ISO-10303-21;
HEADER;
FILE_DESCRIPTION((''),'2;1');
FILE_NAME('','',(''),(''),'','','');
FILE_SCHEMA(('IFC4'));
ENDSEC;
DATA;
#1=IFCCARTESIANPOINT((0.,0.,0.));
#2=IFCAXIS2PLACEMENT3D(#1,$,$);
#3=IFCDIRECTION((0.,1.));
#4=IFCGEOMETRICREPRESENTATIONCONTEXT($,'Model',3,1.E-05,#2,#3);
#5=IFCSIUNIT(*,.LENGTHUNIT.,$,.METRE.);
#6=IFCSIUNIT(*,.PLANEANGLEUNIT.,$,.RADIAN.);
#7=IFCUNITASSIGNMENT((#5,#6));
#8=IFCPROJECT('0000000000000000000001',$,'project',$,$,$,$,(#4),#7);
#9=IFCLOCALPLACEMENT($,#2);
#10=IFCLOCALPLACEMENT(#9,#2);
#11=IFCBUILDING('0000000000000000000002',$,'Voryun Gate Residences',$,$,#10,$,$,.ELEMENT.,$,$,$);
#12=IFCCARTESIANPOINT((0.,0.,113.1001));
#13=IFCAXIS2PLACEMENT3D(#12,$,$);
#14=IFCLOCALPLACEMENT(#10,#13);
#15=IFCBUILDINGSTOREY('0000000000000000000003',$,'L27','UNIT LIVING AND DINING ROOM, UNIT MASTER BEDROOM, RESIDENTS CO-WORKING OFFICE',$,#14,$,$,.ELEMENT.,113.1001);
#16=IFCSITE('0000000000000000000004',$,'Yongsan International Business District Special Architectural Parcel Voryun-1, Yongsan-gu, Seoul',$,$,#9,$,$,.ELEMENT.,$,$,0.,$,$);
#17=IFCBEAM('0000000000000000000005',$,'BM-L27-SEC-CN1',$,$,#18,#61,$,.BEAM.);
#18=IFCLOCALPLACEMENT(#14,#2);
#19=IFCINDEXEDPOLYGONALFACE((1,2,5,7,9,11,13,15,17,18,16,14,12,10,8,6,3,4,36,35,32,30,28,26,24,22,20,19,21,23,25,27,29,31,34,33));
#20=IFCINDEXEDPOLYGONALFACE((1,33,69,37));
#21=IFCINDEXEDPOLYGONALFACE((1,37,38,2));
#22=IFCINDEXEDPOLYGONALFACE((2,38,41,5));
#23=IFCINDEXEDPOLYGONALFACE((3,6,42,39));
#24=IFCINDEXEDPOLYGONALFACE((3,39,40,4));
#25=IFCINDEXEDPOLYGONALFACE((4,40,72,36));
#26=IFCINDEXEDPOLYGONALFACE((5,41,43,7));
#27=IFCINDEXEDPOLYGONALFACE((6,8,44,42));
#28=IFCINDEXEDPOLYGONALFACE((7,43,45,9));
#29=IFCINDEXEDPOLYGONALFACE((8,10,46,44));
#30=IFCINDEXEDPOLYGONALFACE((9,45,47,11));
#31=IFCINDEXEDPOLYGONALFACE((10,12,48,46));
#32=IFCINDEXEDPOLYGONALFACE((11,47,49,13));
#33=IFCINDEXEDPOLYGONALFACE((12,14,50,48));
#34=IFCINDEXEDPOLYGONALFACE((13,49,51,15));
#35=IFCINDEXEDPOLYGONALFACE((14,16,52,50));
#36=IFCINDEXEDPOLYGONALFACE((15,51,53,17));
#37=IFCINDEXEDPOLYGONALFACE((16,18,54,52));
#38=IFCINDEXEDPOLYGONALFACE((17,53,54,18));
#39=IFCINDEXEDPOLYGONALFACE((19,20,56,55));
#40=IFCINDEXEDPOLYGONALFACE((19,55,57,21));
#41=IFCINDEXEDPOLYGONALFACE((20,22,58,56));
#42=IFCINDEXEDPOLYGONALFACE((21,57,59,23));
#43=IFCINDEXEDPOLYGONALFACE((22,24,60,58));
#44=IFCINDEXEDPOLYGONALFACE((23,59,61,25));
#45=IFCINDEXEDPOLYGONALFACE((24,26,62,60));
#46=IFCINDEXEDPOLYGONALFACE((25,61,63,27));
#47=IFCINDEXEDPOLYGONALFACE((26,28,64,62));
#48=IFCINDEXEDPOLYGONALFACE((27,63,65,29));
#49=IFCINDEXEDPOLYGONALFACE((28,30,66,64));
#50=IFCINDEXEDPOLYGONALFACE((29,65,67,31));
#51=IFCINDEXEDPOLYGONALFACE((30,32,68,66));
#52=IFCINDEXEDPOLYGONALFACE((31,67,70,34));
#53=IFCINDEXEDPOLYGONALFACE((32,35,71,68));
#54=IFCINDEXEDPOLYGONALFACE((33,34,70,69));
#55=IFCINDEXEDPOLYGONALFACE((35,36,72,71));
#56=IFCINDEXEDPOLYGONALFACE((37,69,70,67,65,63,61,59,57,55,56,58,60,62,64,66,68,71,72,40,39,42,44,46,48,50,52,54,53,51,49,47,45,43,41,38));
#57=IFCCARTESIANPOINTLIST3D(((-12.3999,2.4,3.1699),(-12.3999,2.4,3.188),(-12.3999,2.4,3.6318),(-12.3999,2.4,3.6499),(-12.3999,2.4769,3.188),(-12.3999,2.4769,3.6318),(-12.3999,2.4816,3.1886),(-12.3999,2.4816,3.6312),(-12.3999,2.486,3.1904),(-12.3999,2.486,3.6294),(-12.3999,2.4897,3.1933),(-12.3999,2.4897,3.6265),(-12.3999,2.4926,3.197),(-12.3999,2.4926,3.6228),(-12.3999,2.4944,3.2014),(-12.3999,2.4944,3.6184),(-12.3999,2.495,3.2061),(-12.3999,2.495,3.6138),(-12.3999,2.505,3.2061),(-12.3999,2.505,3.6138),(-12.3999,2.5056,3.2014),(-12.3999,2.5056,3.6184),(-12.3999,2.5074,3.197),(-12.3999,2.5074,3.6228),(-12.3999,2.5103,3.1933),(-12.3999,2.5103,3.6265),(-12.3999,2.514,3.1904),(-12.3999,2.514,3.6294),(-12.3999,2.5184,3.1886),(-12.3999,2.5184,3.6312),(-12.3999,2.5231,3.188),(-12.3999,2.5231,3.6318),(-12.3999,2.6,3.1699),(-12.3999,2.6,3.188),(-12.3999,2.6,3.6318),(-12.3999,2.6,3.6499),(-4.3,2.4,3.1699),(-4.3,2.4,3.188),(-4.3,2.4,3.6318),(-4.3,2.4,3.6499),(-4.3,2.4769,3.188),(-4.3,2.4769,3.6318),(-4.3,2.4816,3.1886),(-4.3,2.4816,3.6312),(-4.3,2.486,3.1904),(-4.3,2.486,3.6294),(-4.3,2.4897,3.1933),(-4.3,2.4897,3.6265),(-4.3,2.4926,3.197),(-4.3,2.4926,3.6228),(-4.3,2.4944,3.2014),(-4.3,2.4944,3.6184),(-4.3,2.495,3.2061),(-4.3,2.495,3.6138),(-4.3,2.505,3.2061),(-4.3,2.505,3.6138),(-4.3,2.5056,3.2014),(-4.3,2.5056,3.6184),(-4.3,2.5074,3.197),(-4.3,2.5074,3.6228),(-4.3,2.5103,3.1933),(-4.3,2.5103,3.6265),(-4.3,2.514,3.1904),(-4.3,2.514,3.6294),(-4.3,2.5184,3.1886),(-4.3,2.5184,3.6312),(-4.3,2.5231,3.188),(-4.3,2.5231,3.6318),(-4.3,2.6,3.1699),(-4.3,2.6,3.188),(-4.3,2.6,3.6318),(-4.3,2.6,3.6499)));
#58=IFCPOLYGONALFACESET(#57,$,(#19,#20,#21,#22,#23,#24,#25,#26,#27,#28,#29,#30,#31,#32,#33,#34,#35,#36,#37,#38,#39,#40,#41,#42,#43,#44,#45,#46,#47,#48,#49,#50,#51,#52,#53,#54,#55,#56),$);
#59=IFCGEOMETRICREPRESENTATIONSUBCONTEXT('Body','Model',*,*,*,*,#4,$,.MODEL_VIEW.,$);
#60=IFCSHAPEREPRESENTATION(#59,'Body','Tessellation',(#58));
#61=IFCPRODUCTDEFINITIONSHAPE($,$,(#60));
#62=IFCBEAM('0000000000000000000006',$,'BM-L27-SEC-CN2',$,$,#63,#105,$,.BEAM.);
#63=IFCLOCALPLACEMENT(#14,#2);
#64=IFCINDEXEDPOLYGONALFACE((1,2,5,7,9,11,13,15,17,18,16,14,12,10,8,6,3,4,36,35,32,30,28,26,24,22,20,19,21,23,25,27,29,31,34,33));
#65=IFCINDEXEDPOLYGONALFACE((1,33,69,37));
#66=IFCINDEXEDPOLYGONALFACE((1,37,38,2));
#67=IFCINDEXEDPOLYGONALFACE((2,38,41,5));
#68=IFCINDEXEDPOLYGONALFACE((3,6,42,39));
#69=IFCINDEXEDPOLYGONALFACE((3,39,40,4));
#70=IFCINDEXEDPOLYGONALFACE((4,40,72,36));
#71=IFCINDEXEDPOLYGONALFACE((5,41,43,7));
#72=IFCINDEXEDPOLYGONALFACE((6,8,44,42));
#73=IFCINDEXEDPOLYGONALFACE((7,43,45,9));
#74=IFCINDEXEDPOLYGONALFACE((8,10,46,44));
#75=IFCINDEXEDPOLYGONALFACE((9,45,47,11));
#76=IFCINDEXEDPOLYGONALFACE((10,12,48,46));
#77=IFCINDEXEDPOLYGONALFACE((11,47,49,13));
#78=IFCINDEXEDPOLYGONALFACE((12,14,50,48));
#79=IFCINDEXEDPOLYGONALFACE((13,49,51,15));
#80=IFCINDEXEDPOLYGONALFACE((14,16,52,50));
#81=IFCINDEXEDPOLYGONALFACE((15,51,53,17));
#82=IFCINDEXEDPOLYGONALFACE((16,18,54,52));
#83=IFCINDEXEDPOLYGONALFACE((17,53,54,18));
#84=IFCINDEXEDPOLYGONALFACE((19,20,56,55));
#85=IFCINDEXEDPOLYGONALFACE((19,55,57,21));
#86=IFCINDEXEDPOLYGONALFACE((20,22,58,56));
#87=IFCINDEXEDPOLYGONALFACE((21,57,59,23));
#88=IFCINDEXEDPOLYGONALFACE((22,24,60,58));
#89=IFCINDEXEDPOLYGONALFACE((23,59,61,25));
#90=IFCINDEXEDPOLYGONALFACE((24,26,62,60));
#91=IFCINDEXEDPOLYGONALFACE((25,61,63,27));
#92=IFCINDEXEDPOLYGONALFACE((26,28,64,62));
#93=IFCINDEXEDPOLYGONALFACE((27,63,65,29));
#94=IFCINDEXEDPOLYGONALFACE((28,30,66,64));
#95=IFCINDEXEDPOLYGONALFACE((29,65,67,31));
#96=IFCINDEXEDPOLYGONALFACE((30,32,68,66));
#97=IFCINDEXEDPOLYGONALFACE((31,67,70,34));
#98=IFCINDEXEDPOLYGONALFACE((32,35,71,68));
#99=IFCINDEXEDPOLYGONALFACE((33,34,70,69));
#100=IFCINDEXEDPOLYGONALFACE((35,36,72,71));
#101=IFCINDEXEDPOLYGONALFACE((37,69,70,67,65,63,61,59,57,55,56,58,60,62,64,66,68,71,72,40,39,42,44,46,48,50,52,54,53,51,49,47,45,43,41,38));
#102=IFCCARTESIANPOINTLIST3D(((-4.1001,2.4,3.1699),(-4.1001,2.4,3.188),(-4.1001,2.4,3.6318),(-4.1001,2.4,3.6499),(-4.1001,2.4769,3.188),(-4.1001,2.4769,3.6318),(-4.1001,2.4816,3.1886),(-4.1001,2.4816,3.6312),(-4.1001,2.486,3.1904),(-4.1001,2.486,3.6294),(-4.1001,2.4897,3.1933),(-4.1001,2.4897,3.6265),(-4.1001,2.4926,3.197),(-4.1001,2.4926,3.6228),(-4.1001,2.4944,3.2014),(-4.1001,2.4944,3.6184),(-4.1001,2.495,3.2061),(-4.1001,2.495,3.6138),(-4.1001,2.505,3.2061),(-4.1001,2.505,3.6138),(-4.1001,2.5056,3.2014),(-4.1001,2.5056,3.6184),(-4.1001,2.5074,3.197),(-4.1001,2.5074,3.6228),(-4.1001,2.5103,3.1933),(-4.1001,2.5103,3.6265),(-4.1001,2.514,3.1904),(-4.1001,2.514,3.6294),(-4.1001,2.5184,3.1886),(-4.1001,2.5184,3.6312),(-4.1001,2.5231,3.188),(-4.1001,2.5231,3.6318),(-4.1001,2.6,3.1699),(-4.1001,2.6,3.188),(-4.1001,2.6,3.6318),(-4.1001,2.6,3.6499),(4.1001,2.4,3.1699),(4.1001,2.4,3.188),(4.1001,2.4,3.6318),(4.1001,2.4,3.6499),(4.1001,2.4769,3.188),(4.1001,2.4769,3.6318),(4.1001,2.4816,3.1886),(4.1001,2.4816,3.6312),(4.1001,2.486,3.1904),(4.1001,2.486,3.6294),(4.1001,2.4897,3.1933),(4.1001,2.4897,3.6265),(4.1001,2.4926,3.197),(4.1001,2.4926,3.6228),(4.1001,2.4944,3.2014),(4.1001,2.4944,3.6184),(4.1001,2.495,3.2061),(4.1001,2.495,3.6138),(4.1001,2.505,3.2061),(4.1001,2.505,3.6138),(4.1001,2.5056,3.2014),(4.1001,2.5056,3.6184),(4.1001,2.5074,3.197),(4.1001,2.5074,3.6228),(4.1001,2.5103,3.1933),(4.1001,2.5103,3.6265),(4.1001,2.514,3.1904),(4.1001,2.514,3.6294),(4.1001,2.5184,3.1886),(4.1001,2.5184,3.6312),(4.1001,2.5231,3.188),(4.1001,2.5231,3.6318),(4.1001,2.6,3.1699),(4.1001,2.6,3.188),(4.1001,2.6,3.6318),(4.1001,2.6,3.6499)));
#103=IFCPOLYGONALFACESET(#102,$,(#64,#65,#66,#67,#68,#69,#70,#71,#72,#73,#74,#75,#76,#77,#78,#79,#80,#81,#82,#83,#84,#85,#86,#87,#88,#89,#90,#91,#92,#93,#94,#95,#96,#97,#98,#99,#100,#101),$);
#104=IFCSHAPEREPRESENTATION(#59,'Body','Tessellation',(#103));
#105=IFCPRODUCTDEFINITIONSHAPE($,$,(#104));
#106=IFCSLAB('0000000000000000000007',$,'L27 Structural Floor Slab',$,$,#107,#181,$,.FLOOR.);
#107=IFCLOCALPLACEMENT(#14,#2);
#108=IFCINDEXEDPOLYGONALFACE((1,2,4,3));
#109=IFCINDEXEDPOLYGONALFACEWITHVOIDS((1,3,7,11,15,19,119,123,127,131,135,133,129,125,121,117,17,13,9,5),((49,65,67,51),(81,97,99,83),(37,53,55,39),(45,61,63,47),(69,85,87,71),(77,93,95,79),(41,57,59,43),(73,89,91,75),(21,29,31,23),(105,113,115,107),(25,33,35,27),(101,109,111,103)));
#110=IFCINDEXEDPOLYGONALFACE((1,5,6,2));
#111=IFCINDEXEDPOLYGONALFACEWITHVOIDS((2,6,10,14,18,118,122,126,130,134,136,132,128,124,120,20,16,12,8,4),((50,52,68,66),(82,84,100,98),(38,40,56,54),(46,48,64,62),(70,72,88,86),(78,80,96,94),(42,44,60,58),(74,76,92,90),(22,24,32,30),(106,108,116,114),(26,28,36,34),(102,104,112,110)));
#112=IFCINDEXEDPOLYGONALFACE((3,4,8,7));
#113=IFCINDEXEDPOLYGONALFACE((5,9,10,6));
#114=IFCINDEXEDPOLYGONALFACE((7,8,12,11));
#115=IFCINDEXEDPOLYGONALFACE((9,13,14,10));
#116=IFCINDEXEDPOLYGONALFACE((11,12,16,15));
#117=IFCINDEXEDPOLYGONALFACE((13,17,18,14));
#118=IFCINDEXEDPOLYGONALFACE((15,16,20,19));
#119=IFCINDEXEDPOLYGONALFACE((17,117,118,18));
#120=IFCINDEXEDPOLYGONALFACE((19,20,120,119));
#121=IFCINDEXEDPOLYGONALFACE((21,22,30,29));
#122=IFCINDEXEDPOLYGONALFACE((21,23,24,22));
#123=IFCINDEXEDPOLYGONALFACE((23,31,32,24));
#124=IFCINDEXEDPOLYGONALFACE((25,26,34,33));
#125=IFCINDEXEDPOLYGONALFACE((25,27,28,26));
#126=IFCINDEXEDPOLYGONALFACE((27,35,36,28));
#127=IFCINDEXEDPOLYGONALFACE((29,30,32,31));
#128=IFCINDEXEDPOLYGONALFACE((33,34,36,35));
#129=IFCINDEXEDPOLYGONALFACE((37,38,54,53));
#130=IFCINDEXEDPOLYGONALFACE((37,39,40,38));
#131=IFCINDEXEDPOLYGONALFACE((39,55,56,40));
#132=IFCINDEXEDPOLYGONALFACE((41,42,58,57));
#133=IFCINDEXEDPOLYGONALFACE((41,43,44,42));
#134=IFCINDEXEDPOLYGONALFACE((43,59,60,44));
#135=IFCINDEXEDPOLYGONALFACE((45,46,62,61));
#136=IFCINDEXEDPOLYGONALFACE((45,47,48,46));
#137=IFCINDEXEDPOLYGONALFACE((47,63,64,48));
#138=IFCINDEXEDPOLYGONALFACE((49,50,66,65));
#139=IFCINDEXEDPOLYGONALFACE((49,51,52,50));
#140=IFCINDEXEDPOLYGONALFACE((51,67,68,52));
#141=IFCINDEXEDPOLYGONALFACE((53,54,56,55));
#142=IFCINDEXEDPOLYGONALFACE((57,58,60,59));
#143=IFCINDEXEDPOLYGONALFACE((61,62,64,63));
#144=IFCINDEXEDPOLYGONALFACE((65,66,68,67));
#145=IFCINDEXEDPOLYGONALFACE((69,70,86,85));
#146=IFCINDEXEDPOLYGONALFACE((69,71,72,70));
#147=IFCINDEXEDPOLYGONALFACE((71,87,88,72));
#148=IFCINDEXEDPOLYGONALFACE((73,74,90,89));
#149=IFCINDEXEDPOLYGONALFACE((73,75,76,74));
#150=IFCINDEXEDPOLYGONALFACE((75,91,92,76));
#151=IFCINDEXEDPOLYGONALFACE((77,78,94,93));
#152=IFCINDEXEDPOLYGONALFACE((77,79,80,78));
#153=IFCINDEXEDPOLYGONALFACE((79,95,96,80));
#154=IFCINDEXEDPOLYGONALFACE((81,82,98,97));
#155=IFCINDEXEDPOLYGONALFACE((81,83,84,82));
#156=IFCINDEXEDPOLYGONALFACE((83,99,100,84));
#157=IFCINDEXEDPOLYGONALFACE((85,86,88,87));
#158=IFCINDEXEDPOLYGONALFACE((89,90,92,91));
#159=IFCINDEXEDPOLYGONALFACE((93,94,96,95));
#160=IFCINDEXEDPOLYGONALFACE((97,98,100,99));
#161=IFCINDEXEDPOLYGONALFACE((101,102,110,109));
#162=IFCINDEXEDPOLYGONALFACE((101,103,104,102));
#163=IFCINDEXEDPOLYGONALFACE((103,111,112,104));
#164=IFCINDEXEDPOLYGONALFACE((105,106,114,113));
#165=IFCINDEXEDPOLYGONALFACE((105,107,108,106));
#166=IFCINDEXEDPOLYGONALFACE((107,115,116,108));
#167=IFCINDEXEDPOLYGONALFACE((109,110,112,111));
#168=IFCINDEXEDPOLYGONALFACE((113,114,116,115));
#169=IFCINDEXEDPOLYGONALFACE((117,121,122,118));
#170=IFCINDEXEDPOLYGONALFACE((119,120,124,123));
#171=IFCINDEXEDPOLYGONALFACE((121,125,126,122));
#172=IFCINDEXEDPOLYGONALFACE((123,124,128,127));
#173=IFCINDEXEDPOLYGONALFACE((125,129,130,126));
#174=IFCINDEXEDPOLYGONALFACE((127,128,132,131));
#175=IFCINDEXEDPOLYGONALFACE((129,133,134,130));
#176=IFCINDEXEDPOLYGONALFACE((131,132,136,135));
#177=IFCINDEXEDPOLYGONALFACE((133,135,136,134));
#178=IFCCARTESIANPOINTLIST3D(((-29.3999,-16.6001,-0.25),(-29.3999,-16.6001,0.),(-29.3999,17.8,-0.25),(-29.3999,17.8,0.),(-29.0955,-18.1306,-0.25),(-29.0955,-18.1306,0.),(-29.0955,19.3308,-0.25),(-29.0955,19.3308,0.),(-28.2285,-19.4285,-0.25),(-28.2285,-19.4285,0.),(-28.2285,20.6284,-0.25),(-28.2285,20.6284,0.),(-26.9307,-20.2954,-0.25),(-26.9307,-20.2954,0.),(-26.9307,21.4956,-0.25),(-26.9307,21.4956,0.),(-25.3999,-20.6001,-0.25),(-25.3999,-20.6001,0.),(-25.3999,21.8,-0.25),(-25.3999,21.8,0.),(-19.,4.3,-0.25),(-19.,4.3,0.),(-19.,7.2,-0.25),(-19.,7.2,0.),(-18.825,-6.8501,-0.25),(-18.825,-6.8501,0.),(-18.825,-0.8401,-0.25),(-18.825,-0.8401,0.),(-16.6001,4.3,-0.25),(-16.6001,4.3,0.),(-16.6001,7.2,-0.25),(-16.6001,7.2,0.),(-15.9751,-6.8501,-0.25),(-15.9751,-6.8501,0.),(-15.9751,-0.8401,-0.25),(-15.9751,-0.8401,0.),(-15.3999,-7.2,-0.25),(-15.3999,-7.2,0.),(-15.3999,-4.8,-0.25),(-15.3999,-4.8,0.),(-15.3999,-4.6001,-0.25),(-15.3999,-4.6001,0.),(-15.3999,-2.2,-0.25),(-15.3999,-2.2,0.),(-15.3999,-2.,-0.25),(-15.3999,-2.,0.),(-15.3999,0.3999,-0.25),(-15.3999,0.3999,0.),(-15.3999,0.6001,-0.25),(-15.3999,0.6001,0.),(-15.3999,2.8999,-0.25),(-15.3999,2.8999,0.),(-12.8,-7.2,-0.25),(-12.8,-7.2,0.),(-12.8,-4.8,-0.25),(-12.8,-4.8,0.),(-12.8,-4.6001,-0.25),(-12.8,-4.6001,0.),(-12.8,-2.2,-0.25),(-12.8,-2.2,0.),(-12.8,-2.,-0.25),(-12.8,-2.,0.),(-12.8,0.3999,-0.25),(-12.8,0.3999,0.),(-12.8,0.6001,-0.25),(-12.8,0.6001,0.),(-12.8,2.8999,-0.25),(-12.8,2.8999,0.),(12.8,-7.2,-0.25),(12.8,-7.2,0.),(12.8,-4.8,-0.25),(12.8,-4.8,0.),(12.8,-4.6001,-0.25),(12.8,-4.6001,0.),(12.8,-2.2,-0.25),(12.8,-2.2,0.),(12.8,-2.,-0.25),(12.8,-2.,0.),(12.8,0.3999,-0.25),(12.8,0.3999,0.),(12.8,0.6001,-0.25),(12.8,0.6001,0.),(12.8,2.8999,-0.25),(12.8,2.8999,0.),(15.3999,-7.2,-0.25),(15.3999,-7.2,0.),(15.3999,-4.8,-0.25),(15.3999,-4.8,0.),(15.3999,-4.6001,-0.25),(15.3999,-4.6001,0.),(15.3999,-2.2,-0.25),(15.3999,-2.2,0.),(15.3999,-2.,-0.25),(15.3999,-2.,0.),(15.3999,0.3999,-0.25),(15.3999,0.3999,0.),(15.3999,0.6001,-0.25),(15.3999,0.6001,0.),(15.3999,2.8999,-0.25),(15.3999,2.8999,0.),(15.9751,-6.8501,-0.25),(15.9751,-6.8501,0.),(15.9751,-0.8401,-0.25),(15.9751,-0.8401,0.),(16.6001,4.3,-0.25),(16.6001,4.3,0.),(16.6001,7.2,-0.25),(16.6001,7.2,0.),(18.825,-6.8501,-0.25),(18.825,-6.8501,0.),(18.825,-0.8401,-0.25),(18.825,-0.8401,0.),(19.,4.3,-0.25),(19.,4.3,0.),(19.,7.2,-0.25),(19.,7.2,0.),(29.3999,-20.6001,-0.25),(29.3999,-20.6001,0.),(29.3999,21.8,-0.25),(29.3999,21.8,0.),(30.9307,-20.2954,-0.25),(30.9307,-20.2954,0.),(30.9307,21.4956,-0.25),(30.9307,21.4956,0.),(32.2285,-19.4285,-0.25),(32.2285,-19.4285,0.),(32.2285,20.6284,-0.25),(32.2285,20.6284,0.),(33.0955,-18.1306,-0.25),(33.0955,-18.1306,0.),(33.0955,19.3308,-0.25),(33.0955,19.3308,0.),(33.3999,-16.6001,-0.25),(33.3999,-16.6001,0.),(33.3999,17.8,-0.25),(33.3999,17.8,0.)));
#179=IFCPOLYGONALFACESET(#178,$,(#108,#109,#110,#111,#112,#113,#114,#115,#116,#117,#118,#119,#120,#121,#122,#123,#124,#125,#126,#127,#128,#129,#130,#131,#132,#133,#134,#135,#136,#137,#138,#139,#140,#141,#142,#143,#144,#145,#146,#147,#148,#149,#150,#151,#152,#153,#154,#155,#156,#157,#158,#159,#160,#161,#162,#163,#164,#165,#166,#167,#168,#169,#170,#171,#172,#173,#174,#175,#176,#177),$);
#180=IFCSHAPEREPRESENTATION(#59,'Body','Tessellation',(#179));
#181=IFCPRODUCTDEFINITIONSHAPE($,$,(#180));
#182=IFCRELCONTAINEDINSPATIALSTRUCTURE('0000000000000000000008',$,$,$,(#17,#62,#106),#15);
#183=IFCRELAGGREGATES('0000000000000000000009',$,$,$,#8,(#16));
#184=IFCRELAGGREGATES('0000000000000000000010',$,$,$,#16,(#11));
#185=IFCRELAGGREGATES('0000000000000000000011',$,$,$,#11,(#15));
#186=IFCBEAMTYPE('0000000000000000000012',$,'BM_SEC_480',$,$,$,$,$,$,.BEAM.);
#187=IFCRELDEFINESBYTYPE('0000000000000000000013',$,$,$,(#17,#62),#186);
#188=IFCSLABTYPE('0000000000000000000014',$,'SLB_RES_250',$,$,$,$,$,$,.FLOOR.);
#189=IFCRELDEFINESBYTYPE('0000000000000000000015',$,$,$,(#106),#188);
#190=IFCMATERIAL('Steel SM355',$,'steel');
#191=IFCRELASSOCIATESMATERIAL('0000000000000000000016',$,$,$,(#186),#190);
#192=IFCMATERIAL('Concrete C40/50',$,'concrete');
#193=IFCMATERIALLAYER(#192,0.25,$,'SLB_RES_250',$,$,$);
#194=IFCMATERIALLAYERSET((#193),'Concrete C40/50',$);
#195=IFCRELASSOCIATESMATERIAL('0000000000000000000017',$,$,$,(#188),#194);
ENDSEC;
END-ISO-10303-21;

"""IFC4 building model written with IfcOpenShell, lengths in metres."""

from ifc_helpers import new_model, si_unit, direction, frame, origin, origin_2d, place, context, subcontext, project, spatial, polyline, i_section, outline, extrude, material, layer, layer_set, material_profile, profile_set, type_object, element, save


model = new_model("IFC4")

# Units and contexts
model_context = context("Model", 3, precision=1e-05, world=origin(), true_north=direction((0.0, 1.0)))
body_context = subcontext(model_context, "Body", "Model", "MODEL_VIEW")
ifc_project = project(units=[si_unit("LENGTHUNIT", "METRE"), si_unit("PLANEANGLEUNIT", "RADIAN")], contexts=[model_context])

# Site, building, storey
site_placement = place(None, origin())
site = spatial("IfcSite", under=ifc_project, at=site_placement, Name="Yongsan International Business District Special Architectural Parcel Voryun-1, Yongsan-gu, Seoul", CompositionType="ELEMENT", RefElevation=0.0)
building_placement = place(site_placement, origin())
building = spatial("IfcBuilding", under=site, at=building_placement, Name="Voryun Gate Residences", CompositionType="ELEMENT")
storey_placement = place(building_placement, frame((0.0, 0.0, 113.1001)))
storey = spatial("IfcBuildingStorey", under=building, at=storey_placement, Name="L27", Description="UNIT LIVING AND DINING ROOM, UNIT MASTER BEDROOM, RESIDENTS CO-WORKING OFFICE", CompositionType="ELEMENT", Elevation=113.1001)

# Beams
ifc_material_1 = material(Name="Steel SM355", Category="steel")
ifc_material_profile_1 = material_profile(ifc_material_1, i_section(OverallWidth=0.2, OverallDepth=0.48, WebThickness=0.01, FlangeThickness=0.0181, FilletRadius=0.0181, at=origin_2d()), Name="H-480x200x10x18")
ifc_profile_set_1 = profile_set([ifc_material_profile_1], Name="Steel SM355")
beam_type_1 = type_object("IfcBeamType", Name="BM_SEC_480", PredefinedType="BEAM", material=ifc_profile_set_1)
beam_1_placement = place(storey_placement, frame((-12.3999, 2.5, 3.4099), z_axis=(1.0, 0.0, 0.0), x_axis=(0.0, 1.0, 0.0)))
element("IfcBeam", 1, at=beam_1_placement, inside=storey, type_object=beam_type_1, Name="BM-L27-SEC-CN1", PredefinedType="BEAM", context=body_context, shape_type="SweptSolid", body=[
    extrude(i_section(OverallWidth=0.2, OverallDepth=0.48, WebThickness=0.01, FlangeThickness=0.0181, FilletRadius=0.0181, at=origin_2d()), origin(), (0.0, 0.0, 1.0), 8.0999),
])
beam_2_placement = place(storey_placement, frame((-4.1001, 2.5, 3.4099), z_axis=(1.0, 0.0, 0.0), x_axis=(0.0, 1.0, 0.0)))
element("IfcBeam", 2, at=beam_2_placement, inside=storey, type_object=beam_type_1, Name="BM-L27-SEC-CN2", PredefinedType="BEAM", context=body_context, shape_type="SweptSolid", body=[
    extrude(i_section(OverallWidth=0.2, OverallDepth=0.48, WebThickness=0.01, FlangeThickness=0.0181, FilletRadius=0.0181, at=origin_2d()), origin(), (0.0, 0.0, 1.0), 8.2002),
])

# Slab
ifc_material_2 = material(Name="Concrete C40/50", Category="concrete")
ifc_layer_1 = layer(ifc_material_2, 0.25, Name="SLB_RES_250")
ifc_layer_set_1 = layer_set([ifc_layer_1], Name="Concrete C40/50")
slab_type_1 = type_object("IfcSlabType", Name="SLB_RES_250", PredefinedType="FLOOR", material=ifc_layer_set_1)
slab_1_placement = place(storey_placement, frame((0.0, 0.0, -0.25)))
element("IfcSlab", 3, at=slab_1_placement, inside=storey, type_object=slab_type_1, Name="L27 Structural Floor Slab", PredefinedType="FLOOR", context=body_context, shape_type="SweptSolid", body=[
    extrude(outline(polyline([(-25.3999, -20.6001), (-26.9307, -20.2954), (-28.2285, -19.4285), (-29.0955, -18.1306), (-29.3999, -16.6001), (-29.3999, 17.8), (-29.0955, 19.3308), (-28.2285, 20.6284), (-26.9307, 21.4956), (-25.3999, 21.8), (29.3999, 21.8), (30.9307, 21.4956), (32.2285, 20.6284), (33.0955, 19.3308), (33.3999, 17.8), (33.3999, -16.6001), (33.0955, -18.1306), (32.2285, -19.4285), (30.9307, -20.2954), (29.3999, -20.6001), (-25.3999, -20.6001)]), holes=[polyline([(-12.8, -4.8), (-15.3999, -4.8), (-15.3999, -7.2), (-12.8, -7.2), (-12.8, -4.8)]), polyline([(-18.825, -6.8501), (-15.9751, -6.8501), (-15.9751, -0.8401), (-18.825, -0.8401), (-18.825, -6.8501)]), polyline([(-12.8, -4.6001), (-12.8, -2.2), (-15.3999, -2.2), (-15.3999, -4.6001), (-12.8, -4.6001)]), polyline([(-12.8, 0.3999), (-15.3999, 0.3999), (-15.3999, -2.0), (-12.8, -2.0), (-12.8, 0.3999)]), polyline([(-12.8, 0.6001), (-12.8, 2.8999), (-15.3999, 2.8999), (-15.3999, 0.6001), (-12.8, 0.6001)]), polyline([(-16.6001, 4.3), (-16.6001, 7.2), (-19.0, 7.2), (-19.0, 4.3), (-16.6001, 4.3)]), polyline([(15.3999, -4.8), (12.8, -4.8), (12.8, -7.2), (15.3999, -7.2), (15.3999, -4.8)]), polyline([(15.9751, -6.8501), (18.825, -6.8501), (18.825, -0.8401), (15.9751, -0.8401), (15.9751, -6.8501)]), polyline([(15.3999, -4.6001), (15.3999, -2.2), (12.8, -2.2), (12.8, -4.6001), (15.3999, -4.6001)]), polyline([(15.3999, 0.3999), (12.8, 0.3999), (12.8, -2.0), (15.3999, -2.0), (15.3999, 0.3999)]), polyline([(15.3999, 0.6001), (15.3999, 2.8999), (12.8, 2.8999), (12.8, 0.6001), (15.3999, 0.6001)]), polyline([(19.0, 4.3), (19.0, 7.2), (16.6001, 7.2), (16.6001, 4.3), (19.0, 4.3)])]), origin(), (0.0, 0.0, 1.0), 0.25),
])

save(model, "model.ifc")
